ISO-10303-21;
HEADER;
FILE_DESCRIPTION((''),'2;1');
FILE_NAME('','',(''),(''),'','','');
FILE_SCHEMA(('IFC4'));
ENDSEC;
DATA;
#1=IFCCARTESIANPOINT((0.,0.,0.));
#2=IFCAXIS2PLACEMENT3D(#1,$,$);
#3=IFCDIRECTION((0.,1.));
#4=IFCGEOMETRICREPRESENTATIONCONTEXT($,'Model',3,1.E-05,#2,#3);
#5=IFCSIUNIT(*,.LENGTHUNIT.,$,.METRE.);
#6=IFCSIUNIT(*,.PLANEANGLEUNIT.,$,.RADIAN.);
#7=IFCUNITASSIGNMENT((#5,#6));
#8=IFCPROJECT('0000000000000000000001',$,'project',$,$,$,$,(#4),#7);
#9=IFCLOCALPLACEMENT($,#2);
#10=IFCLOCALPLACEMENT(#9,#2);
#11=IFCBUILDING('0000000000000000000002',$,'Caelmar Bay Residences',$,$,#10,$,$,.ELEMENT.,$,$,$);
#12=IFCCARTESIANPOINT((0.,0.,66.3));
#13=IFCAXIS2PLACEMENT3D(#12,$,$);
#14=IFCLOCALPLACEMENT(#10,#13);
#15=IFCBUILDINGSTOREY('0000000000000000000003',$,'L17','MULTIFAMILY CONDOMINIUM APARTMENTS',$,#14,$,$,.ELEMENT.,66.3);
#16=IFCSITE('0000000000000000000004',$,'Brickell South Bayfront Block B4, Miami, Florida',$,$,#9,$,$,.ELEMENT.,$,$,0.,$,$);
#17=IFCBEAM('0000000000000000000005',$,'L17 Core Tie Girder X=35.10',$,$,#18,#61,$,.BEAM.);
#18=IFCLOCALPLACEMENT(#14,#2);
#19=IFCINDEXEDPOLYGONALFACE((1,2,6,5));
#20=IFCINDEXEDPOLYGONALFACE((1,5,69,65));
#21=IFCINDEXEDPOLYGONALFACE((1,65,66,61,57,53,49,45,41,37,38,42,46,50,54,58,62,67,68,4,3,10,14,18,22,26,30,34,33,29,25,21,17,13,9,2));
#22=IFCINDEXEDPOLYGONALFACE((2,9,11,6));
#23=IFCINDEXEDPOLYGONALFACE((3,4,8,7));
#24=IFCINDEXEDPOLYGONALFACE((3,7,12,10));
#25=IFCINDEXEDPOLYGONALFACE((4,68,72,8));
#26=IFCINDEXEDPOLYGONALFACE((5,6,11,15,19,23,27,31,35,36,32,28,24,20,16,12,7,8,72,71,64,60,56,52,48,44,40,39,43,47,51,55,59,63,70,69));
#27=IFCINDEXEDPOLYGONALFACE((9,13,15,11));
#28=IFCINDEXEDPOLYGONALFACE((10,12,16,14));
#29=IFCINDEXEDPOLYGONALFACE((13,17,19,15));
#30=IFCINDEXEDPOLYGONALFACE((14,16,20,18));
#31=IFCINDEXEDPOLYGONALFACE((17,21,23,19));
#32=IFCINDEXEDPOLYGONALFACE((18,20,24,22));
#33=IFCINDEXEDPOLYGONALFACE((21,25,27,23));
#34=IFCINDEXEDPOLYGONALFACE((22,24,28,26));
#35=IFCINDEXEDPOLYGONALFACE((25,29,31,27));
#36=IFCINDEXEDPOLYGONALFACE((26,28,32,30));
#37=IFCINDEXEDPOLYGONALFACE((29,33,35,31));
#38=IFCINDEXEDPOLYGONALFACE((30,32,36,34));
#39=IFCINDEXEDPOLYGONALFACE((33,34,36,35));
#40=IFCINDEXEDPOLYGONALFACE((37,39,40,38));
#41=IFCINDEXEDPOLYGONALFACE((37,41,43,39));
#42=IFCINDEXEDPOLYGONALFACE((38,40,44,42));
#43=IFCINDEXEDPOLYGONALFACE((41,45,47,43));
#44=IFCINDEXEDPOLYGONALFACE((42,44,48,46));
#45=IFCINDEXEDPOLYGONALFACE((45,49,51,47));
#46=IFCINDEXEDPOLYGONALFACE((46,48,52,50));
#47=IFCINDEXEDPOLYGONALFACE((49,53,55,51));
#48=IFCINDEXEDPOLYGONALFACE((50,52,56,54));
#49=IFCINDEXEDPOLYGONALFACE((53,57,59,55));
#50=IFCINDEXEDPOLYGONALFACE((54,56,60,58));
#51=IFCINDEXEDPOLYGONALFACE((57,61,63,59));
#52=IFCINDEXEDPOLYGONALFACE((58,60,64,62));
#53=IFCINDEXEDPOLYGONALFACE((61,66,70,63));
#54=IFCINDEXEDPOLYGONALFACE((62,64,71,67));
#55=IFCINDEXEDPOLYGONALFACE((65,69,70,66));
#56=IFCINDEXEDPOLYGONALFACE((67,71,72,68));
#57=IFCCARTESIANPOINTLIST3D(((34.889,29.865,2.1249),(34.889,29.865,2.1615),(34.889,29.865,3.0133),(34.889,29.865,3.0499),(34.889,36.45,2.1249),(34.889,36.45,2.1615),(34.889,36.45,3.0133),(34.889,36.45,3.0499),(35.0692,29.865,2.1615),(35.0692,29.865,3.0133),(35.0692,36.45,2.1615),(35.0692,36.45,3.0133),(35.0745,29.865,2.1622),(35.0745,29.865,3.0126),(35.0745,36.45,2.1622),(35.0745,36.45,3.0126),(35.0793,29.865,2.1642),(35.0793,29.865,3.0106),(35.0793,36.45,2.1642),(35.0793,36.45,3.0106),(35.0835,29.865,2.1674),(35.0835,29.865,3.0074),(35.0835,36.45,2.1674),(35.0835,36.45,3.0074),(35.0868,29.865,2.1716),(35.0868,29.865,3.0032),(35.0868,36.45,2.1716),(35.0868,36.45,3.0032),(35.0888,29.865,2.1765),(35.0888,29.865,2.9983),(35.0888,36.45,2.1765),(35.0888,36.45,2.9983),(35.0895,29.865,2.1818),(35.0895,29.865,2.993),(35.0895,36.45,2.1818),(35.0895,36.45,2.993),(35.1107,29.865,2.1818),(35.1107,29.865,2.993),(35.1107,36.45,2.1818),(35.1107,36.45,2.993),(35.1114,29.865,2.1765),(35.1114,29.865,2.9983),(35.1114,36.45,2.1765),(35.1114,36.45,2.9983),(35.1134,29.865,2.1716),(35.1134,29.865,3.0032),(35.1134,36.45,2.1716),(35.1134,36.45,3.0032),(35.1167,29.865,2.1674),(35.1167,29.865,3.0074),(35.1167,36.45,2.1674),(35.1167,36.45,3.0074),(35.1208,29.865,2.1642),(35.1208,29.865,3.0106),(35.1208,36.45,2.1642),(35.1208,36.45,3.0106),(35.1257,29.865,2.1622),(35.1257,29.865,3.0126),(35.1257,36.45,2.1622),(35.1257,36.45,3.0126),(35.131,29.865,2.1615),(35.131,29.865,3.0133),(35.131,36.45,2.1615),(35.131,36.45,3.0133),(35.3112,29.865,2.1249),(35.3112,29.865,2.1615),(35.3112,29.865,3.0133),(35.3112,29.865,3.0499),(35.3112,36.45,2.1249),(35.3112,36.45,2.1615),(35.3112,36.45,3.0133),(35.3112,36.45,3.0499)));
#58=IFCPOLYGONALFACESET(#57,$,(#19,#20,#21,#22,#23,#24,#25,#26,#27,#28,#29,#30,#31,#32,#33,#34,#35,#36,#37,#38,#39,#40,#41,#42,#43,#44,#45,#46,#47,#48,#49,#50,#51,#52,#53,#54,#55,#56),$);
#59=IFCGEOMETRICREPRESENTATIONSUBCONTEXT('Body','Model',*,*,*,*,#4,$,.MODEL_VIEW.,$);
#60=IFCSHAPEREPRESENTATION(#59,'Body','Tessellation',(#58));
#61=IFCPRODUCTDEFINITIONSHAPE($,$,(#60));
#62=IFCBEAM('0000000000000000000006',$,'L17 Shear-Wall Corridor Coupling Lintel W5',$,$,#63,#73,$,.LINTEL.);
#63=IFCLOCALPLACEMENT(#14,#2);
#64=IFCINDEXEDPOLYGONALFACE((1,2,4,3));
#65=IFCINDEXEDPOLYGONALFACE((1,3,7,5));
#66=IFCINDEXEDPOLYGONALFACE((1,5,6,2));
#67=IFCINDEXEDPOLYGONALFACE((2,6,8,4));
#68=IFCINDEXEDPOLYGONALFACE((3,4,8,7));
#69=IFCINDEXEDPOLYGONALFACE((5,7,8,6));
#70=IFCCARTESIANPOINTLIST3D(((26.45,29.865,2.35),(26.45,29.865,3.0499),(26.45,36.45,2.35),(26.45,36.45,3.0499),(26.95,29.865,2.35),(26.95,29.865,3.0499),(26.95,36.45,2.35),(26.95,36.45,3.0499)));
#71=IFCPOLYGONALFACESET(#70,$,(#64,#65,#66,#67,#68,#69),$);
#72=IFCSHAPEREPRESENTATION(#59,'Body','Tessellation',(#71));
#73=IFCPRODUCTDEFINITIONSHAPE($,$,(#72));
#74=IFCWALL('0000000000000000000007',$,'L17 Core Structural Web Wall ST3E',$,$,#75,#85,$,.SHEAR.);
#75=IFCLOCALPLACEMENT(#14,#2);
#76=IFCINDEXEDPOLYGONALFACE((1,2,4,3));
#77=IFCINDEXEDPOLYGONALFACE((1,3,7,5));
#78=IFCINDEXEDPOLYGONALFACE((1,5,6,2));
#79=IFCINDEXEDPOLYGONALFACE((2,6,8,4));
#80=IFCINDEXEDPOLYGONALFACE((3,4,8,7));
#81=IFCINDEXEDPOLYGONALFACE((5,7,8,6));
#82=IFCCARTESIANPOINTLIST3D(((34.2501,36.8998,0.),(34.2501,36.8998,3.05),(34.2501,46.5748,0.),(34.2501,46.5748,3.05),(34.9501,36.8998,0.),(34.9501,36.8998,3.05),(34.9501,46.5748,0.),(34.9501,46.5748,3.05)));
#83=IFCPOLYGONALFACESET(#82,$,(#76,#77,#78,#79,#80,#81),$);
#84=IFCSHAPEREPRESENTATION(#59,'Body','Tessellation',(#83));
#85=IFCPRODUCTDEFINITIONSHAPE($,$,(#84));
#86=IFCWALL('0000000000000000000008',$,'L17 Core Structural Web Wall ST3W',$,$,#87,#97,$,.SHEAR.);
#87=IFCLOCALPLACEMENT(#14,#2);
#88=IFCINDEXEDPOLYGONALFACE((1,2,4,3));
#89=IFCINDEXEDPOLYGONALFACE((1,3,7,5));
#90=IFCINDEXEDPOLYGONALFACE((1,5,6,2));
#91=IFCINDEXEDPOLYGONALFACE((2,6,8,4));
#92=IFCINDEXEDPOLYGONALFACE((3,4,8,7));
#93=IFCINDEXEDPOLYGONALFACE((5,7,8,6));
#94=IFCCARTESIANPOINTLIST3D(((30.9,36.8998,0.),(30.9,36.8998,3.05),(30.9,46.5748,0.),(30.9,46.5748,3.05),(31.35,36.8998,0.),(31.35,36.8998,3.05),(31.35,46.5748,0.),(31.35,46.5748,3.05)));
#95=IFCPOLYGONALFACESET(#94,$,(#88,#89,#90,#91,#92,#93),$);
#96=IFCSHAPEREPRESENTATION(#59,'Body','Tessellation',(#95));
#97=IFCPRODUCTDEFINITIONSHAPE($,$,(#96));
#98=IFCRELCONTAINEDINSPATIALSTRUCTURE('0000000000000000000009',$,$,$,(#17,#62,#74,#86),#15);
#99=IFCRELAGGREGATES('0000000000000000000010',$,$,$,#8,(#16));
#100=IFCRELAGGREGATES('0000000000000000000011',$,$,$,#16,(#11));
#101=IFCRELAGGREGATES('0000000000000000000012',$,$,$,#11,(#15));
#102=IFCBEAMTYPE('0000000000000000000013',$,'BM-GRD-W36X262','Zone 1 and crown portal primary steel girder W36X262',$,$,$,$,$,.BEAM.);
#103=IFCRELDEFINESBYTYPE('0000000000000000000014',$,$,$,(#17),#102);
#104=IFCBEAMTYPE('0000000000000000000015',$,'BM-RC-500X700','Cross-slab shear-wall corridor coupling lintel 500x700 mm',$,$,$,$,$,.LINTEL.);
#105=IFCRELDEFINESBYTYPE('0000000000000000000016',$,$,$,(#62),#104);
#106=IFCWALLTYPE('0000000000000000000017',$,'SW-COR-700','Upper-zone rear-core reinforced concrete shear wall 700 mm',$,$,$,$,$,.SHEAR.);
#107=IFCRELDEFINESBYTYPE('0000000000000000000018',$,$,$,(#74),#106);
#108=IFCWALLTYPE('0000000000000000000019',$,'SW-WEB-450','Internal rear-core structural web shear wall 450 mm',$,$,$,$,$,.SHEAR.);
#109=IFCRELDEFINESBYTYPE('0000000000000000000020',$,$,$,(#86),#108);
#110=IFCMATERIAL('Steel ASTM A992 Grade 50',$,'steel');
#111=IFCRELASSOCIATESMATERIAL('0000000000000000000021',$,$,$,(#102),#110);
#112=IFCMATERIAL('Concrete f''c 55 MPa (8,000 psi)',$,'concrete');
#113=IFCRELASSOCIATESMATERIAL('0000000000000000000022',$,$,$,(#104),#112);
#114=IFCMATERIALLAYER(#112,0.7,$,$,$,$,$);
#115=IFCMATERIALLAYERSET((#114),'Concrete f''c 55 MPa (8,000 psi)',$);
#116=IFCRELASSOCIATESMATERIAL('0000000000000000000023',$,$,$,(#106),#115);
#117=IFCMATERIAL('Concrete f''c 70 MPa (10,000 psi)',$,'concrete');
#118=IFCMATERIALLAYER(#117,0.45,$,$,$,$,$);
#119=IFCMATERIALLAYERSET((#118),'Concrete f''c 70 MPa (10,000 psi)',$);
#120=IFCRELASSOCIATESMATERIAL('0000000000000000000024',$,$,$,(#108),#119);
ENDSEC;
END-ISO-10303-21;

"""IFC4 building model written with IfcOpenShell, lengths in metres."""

from ifc_helpers import new_model, si_unit, direction, frame, frame_2d, origin, origin_2d, place, context, subcontext, project, spatial, rectangle, i_section, extrude, material, layer, layer_set, material_profile, profile_set, type_object, element, save


model = new_model("IFC4")

# Units and contexts
model_context = context("Model", 3, precision=1e-05, world=origin(), true_north=direction((0.0, 1.0)))
body_context = subcontext(model_context, "Body", "Model", "MODEL_VIEW")
ifc_project = project(units=[si_unit("LENGTHUNIT", "METRE"), si_unit("PLANEANGLEUNIT", "RADIAN")], contexts=[model_context])

# Site, building, storey
site_placement = place(None, origin())
site = spatial("IfcSite", under=ifc_project, at=site_placement, Name="Brickell South Bayfront Block B4, Miami, Florida", CompositionType="ELEMENT", RefElevation=0.0)
building_placement = place(site_placement, origin())
building = spatial("IfcBuilding", under=site, at=building_placement, Name="Caelmar Bay Residences", CompositionType="ELEMENT")
storey_placement = place(building_placement, frame((0.0, 0.0, 66.3)))
storey = spatial("IfcBuildingStorey", under=building, at=storey_placement, Name="L17", Description="MULTIFAMILY CONDOMINIUM APARTMENTS", CompositionType="ELEMENT", Elevation=66.3)

# Beams
ifc_material_1 = material(Name="Steel ASTM A992 Grade 50", Category="steel")
ifc_material_profile_1 = material_profile(ifc_material_1, i_section(OverallWidth=0.4221, OverallDepth=0.925, WebThickness=0.0212, FlangeThickness=0.0366, FilletRadius=0.0203, at=origin_2d()), Name="W36X262")
ifc_profile_set_1 = profile_set([ifc_material_profile_1], Name="Steel ASTM A992 Grade 50")
beam_type_1 = type_object("IfcBeamType", Name="BM-GRD-W36X262", Description="Zone 1 and crown portal primary steel girder W36X262", PredefinedType="BEAM", material=ifc_profile_set_1)
beam_1_placement = place(storey_placement, frame((35.1001, 29.865, 2.5874), z_axis=(0.0, 1.0, 0.0), x_axis=(-1.0, 0.0, 0.0)))
element("IfcBeam", 1, at=beam_1_placement, inside=storey, type_object=beam_type_1, Name="L17 Core Tie Girder X=35.10", PredefinedType="BEAM", context=body_context, shape_type="SweptSolid", body=[
    extrude(i_section(OverallWidth=0.4221, OverallDepth=0.925, WebThickness=0.0212, FlangeThickness=0.0366, FilletRadius=0.0203, at=origin_2d()), origin(), (0.0, 0.0, 1.0), 6.585),
])
ifc_material_2 = material(Name="Concrete f'c 55 MPa (8,000 psi)", Category="concrete")
ifc_material_profile_2 = material_profile(ifc_material_2, rectangle(XDim=0.5, YDim=0.7, at=origin_2d()), Name="RC-BM-500X700")
ifc_profile_set_2 = profile_set([ifc_material_profile_2], Name="Concrete f'c 55 MPa (8,000 psi)")
beam_type_2 = type_object("IfcBeamType", Name="BM-RC-500X700", Description="Cross-slab shear-wall corridor coupling lintel 500x700 mm", PredefinedType="LINTEL", material=ifc_profile_set_2)
beam_2_placement = place(storey_placement, frame((26.7, 29.865, 2.7), z_axis=(0.0, 1.0, 0.0), x_axis=(-1.0, 0.0, 0.0)))
element("IfcBeam", 2, at=beam_2_placement, inside=storey, type_object=beam_type_2, Name="L17 Shear-Wall Corridor Coupling Lintel W5", PredefinedType="LINTEL", context=body_context, shape_type="SweptSolid", body=[
    extrude(rectangle(XDim=0.5, YDim=0.7, at=origin_2d()), origin(), (0.0, 0.0, 1.0), 6.585),
])

# Shared definitions
ifc_layer_1 = layer(ifc_material_2, 0.7)
ifc_layer_set_1 = layer_set([ifc_layer_1], Name="Concrete f'c 55 MPa (8,000 psi)")
wall_type_1 = type_object("IfcWallType", Name="SW-COR-700", Description="Upper-zone rear-core reinforced concrete shear wall 700 mm", PredefinedType="SHEAR", material=ifc_layer_set_1)

# Walls
wall_1_placement = place(storey_placement, frame((34.6001, 36.8999, 0.0), z_axis=(0.0, 0.0, 1.0), x_axis=(0.0, 1.0, 0.0)))
element("IfcWall", 3, at=wall_1_placement, inside=storey, type_object=wall_type_1, Name="L17 Core Structural Web Wall ST3E", PredefinedType="SHEAR", context=body_context, shape_type="SweptSolid", body=[
    extrude(rectangle(XDim=9.675, YDim=0.7, at=frame_2d((4.8374, 0.0))), origin(), (0.0, 0.0, 1.0), 3.05),
])
ifc_material_3 = material(Name="Concrete f'c 70 MPa (10,000 psi)", Category="concrete")
ifc_layer_2 = layer(ifc_material_3, 0.45)
ifc_layer_set_2 = layer_set([ifc_layer_2], Name="Concrete f'c 70 MPa (10,000 psi)")
wall_type_2 = type_object("IfcWallType", Name="SW-WEB-450", Description="Internal rear-core structural web shear wall 450 mm", PredefinedType="SHEAR", material=ifc_layer_set_2)
wall_2_placement = place(storey_placement, frame((31.125, 36.8999, 0.0), z_axis=(0.0, 0.0, 1.0), x_axis=(0.0, 1.0, 0.0)))
element("IfcWall", 4, at=wall_2_placement, inside=storey, type_object=wall_type_2, Name="L17 Core Structural Web Wall ST3W", PredefinedType="SHEAR", context=body_context, shape_type="SweptSolid", body=[
    extrude(rectangle(XDim=9.675, YDim=0.45, at=frame_2d((4.8374, 0.0))), origin(), (0.0, 0.0, 1.0), 3.05),
])

save(model, "model.ifc")
